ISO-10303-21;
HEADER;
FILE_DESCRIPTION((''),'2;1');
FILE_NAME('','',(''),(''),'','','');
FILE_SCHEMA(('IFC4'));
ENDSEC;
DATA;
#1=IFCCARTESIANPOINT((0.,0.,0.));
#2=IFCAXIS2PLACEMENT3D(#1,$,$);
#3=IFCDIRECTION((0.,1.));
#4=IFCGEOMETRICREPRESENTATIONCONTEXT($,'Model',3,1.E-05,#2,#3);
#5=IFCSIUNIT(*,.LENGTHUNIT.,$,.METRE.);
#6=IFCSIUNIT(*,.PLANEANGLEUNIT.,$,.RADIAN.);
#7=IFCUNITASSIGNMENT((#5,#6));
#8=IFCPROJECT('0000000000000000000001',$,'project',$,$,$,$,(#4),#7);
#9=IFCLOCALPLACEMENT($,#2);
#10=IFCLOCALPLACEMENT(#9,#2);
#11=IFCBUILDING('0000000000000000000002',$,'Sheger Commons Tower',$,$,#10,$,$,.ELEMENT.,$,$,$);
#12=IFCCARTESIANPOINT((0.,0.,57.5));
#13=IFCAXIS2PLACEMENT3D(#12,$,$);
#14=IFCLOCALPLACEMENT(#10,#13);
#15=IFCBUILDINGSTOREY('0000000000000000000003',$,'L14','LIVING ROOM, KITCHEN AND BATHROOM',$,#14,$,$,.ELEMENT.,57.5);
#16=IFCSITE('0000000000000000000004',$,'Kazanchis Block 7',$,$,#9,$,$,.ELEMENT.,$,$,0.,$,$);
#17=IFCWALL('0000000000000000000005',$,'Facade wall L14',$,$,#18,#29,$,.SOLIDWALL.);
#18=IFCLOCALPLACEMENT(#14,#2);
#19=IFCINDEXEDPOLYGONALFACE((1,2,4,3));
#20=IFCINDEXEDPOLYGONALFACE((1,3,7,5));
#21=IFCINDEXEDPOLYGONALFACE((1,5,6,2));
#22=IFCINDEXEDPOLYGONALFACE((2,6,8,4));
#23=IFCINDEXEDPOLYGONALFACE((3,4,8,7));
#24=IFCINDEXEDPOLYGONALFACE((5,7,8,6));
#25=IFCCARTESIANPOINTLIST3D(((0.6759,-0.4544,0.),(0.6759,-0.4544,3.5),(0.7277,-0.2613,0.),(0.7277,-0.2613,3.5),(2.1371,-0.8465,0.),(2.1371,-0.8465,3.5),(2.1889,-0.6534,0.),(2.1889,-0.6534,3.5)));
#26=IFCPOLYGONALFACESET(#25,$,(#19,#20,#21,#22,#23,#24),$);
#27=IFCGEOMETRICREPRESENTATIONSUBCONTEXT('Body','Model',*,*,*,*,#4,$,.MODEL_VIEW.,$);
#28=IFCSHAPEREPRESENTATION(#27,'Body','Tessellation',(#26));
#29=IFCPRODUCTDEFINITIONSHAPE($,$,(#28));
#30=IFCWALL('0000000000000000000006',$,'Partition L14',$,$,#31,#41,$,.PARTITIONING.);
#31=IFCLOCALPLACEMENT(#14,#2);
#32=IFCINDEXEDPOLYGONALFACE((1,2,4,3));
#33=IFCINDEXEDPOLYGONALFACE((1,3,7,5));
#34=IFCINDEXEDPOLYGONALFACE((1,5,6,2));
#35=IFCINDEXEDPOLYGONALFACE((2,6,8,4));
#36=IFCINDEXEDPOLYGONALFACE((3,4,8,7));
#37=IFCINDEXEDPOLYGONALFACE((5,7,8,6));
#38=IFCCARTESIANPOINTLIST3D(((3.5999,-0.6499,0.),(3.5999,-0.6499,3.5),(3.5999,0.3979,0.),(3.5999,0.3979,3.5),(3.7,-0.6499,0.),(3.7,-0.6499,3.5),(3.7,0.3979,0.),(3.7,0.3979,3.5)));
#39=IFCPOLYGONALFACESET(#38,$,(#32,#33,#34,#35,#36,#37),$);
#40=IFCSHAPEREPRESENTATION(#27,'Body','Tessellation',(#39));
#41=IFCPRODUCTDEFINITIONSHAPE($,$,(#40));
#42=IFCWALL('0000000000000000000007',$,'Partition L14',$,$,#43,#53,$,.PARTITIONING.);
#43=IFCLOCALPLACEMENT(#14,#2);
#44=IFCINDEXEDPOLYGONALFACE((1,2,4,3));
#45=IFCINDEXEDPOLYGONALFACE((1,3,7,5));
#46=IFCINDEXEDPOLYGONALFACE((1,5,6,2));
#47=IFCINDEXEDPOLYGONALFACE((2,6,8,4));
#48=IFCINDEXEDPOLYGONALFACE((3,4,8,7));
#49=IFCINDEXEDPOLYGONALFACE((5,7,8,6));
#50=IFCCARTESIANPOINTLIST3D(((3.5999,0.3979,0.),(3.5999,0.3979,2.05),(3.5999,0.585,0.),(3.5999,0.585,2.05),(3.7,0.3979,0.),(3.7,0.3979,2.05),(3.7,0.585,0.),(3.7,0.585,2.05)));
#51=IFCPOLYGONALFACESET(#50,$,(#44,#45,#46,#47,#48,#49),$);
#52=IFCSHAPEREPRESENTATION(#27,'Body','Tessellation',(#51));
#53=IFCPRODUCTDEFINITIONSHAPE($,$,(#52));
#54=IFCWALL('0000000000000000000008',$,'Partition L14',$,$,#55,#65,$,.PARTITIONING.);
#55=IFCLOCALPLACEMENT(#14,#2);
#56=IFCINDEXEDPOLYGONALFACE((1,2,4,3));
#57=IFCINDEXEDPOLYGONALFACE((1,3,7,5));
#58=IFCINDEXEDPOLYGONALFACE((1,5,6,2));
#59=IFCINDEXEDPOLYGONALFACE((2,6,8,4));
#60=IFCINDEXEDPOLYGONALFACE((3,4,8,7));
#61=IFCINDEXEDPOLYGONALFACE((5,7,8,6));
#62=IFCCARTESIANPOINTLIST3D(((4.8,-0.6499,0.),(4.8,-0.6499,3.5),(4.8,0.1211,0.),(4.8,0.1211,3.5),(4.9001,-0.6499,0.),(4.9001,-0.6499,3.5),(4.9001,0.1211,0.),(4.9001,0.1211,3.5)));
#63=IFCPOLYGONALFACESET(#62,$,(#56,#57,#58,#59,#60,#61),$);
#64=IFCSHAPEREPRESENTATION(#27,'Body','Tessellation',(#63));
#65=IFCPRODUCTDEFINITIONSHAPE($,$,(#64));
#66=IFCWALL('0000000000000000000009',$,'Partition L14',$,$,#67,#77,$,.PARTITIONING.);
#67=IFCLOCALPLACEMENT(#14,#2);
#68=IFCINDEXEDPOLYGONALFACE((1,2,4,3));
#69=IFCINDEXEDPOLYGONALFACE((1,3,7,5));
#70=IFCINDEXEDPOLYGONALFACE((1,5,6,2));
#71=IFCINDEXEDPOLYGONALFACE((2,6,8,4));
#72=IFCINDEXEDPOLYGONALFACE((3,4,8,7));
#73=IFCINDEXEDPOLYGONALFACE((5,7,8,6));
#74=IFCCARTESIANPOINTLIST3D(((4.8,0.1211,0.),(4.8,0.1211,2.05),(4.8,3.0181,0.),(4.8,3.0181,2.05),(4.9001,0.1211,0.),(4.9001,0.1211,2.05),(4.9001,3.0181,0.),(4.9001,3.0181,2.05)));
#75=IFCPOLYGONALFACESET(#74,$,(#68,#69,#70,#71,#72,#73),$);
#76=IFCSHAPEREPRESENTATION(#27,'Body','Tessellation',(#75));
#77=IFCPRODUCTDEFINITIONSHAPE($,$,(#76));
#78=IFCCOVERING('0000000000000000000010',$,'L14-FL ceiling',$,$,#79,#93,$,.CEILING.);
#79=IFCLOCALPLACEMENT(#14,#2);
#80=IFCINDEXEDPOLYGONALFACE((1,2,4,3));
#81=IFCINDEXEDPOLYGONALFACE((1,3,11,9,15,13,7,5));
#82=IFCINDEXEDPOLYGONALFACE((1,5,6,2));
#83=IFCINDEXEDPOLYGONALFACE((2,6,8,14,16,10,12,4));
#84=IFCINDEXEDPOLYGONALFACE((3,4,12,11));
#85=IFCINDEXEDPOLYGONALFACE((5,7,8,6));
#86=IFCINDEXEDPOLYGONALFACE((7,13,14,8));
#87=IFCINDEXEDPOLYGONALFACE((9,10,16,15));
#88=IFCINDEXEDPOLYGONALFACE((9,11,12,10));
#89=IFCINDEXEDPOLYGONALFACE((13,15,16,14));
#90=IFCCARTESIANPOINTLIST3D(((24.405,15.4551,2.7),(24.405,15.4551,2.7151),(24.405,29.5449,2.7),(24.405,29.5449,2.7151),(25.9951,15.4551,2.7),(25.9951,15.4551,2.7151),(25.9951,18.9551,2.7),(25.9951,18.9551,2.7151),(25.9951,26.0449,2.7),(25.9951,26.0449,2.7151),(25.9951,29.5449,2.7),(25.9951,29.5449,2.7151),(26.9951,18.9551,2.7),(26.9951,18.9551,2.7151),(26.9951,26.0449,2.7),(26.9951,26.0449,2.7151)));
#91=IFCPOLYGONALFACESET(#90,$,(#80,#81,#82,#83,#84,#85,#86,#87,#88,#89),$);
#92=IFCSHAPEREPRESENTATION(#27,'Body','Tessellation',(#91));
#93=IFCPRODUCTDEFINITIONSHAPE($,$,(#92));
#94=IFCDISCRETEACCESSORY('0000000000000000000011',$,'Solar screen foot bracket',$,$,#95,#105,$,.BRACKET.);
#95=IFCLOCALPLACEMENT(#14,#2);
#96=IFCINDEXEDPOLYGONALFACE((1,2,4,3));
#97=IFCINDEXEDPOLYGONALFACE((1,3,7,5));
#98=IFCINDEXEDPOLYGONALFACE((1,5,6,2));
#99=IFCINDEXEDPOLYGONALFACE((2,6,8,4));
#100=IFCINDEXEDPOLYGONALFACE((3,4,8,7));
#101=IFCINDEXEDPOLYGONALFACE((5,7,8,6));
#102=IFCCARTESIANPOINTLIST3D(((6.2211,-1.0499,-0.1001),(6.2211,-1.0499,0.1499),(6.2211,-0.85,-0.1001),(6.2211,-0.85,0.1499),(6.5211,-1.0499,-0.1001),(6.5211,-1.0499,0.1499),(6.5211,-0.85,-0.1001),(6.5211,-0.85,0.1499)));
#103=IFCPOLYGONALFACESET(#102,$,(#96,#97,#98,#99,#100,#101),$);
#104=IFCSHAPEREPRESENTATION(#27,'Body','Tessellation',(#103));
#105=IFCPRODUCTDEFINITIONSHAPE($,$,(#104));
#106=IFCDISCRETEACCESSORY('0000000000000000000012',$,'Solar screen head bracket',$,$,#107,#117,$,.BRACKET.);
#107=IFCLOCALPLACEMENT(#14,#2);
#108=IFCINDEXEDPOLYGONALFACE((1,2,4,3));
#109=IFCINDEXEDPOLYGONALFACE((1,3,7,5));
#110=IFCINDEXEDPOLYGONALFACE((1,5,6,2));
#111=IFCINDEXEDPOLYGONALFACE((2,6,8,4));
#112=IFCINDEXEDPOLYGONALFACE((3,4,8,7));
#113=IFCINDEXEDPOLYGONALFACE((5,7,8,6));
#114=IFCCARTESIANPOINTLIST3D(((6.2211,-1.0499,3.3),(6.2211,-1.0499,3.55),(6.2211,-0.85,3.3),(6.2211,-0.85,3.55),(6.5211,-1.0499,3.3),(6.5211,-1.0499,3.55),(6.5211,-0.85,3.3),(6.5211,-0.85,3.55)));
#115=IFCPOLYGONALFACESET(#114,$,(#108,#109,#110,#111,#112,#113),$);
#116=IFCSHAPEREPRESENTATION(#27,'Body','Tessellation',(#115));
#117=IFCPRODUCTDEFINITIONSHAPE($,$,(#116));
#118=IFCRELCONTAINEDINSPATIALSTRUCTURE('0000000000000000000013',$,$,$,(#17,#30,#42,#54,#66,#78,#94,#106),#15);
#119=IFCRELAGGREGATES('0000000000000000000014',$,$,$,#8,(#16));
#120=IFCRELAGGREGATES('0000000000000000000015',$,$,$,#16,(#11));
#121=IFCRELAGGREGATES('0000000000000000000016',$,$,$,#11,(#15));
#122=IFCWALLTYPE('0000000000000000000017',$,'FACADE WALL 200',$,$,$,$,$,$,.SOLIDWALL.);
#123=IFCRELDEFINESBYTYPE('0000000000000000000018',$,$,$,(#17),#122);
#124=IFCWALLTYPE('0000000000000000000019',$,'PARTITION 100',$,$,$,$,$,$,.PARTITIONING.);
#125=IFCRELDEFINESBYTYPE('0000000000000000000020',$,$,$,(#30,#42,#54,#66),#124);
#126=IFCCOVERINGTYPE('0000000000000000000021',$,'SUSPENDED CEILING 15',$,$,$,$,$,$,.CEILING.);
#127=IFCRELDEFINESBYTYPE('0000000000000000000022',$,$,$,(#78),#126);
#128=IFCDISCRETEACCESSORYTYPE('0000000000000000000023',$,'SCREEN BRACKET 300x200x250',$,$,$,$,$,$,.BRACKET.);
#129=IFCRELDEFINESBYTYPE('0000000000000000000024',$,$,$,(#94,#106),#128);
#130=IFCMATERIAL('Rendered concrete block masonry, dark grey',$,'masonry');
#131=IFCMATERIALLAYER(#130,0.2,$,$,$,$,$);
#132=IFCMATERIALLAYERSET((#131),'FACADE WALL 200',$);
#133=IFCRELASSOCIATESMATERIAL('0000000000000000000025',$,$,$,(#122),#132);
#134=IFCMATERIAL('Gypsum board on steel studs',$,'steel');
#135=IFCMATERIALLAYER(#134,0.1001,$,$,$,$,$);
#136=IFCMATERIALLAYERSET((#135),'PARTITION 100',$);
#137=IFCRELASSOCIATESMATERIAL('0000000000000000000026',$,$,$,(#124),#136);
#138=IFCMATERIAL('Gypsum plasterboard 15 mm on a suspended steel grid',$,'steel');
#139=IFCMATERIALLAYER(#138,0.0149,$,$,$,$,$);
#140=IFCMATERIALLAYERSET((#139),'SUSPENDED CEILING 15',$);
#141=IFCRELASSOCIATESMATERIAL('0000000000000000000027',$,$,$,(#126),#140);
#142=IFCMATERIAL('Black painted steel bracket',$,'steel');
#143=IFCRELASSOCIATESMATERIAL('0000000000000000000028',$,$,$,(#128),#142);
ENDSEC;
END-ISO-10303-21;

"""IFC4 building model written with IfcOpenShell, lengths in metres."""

from ifc_helpers import new_model, si_unit, direction, frame, frame_2d, origin, origin_2d, place, context, subcontext, project, spatial, polyline, rectangle, outline, extrude, material, layer, layer_set, type_object, element, save


model = new_model("IFC4")

# Units and contexts
model_context = context("Model", 3, precision=1e-05, world=origin(), true_north=direction((0.0, 1.0)))
body_context = subcontext(model_context, "Body", "Model", "MODEL_VIEW")
ifc_project = project(units=[si_unit("LENGTHUNIT", "METRE"), si_unit("PLANEANGLEUNIT", "RADIAN")], contexts=[model_context])

# Site, building, storey
site_placement = place(None, origin())
site = spatial("IfcSite", under=ifc_project, at=site_placement, Name="Kazanchis Block 7", CompositionType="ELEMENT", RefElevation=0.0)
building_placement = place(site_placement, origin())
building = spatial("IfcBuilding", under=site, at=building_placement, Name="Sheger Commons Tower", CompositionType="ELEMENT")
storey_placement = place(building_placement, frame((0.0, 0.0, 57.5)))
storey = spatial("IfcBuildingStorey", under=building, at=storey_placement, Name="L14", Description="LIVING ROOM, KITCHEN AND BATHROOM", CompositionType="ELEMENT", Elevation=57.5)

# Shared definitions
ifc_material_1 = material(Name="Rendered concrete block masonry, dark grey", Category="masonry")
ifc_layer_1 = layer(ifc_material_1, 0.2)
ifc_layer_set_1 = layer_set([ifc_layer_1], Name="FACADE WALL 200")
wall_type_1 = type_object("IfcWallType", Name="FACADE WALL 200", PredefinedType="SOLIDWALL", material=ifc_layer_set_1)

# Walls
wall_1_placement = place(storey_placement, frame((0.7019, -0.3579, 0.0), z_axis=(0.0, 0.0, 1.0), x_axis=(0.965832, -0.259169, 0.0)))
element("IfcWall", 1, at=wall_1_placement, inside=storey, type_object=wall_type_1, Name="Facade wall L14", PredefinedType="SOLIDWALL", context=body_context, shape_type="SweptSolid", body=[
    extrude(rectangle(XDim=1.5129, YDim=0.2, at=frame_2d((0.7563, 0.0))), origin(), (0.0, 0.0, 1.0), 3.5),
])
ifc_material_2 = material(Name="Gypsum board on steel studs", Category="steel")
ifc_layer_2 = layer(ifc_material_2, 0.1001)
ifc_layer_set_2 = layer_set([ifc_layer_2], Name="PARTITION 100")
wall_type_2 = type_object("IfcWallType", Name="PARTITION 100", PredefinedType="PARTITIONING", material=ifc_layer_set_2)
wall_2_placement = place(storey_placement, frame((3.6499, -0.6499, 0.0), z_axis=(0.0, 0.0, 1.0), x_axis=(0.0, 1.0, 0.0)))
element("IfcWall", 2, at=wall_2_placement, inside=storey, type_object=wall_type_2, Name="Partition L14", PredefinedType="PARTITIONING", context=body_context, shape_type="SweptSolid", body=[
    extrude(rectangle(XDim=1.0479, YDim=0.1001, at=frame_2d((0.5239, 0.0))), origin(), (0.0, 0.0, 1.0), 3.5),
])
wall_3_placement = place(storey_placement, frame((3.6499, 0.3979, 0.0), z_axis=(0.0, 0.0, 1.0), x_axis=(0.0, 1.0, 0.0)))
element("IfcWall", 3, at=wall_3_placement, inside=storey, type_object=wall_type_2, Name="Partition L14", PredefinedType="PARTITIONING", context=body_context, shape_type="SweptSolid", body=[
    extrude(rectangle(XDim=0.187, YDim=0.1001, at=frame_2d((0.0935, 0.0))), origin(), (0.0, 0.0, 1.0), 2.05),
])
wall_4_placement = place(storey_placement, frame((4.8501, -0.6499, 0.0), z_axis=(0.0, 0.0, 1.0), x_axis=(0.0, 1.0, 0.0)))
element("IfcWall", 4, at=wall_4_placement, inside=storey, type_object=wall_type_2, Name="Partition L14", PredefinedType="PARTITIONING", context=body_context, shape_type="SweptSolid", body=[
    extrude(rectangle(XDim=0.771, YDim=0.1001, at=frame_2d((0.3855, 0.0))), origin(), (0.0, 0.0, 1.0), 3.5),
])
wall_5_placement = place(storey_placement, frame((4.8501, 0.1211, 0.0), z_axis=(0.0, 0.0, 1.0), x_axis=(0.0, 1.0, 0.0)))
element("IfcWall", 5, at=wall_5_placement, inside=storey, type_object=wall_type_2, Name="Partition L14", PredefinedType="PARTITIONING", context=body_context, shape_type="SweptSolid", body=[
    extrude(rectangle(XDim=2.897, YDim=0.1001, at=frame_2d((1.4485, 0.0))), origin(), (0.0, 0.0, 1.0), 2.05),
])

# Covering
ifc_material_3 = material(Name="Gypsum plasterboard 15 mm on a suspended steel grid", Category="steel")
ifc_layer_3 = layer(ifc_material_3, 0.0149)
ifc_layer_set_3 = layer_set([ifc_layer_3], Name="SUSPENDED CEILING 15")
covering_type = type_object("IfcCoveringType", Name="SUSPENDED CEILING 15", PredefinedType="CEILING", material=ifc_layer_set_3)
covering_placement = place(storey_placement, frame((0.0, 0.0, 2.7)))
element("IfcCovering", 6, at=covering_placement, inside=storey, type_object=covering_type, Name="L14-FL ceiling", PredefinedType="CEILING", context=body_context, shape_type="SweptSolid", body=[
    extrude(outline(polyline([(24.405, 15.4551), (25.9951, 15.4551), (25.9951, 18.9551), (26.9951, 18.9551), (26.9951, 26.0449), (25.9951, 26.0449), (25.9951, 29.5449), (24.405, 29.5449), (24.405, 15.4551)])), origin(), (0.0, 0.0, 1.0), 0.0151),
])

# Discrete accessories
ifc_material_4 = material(Name="Black painted steel bracket", Category="steel")
discrete_accessory_type = type_object("IfcDiscreteAccessoryType", Name="SCREEN BRACKET 300x200x250", PredefinedType="BRACKET", material=ifc_material_4)
for number, where, z_axis, x_axis, name in (
    (7, (6.3711, -0.95, -0.1001), (0.0, 0.0, 1.0), (1.0, 0.0, 0.0), "Solar screen foot bracket"),
    (8, (6.3711, -0.95, 3.3), (0.0, 0.0, 1.0), (1.0, 0.0, 0.0), "Solar screen head bracket"),
):
    element("IfcDiscreteAccessory", number, at=place(storey_placement, frame(where, z_axis=z_axis, x_axis=x_axis)), inside=storey, type_object=discrete_accessory_type, Name=name, PredefinedType="BRACKET", context=body_context, shape_type="SweptSolid", body=[
        extrude(rectangle(XDim=0.3, YDim=0.2, at=origin_2d()), origin(), (0.0, 0.0, 1.0), 0.25),
    ])

save(model, "model.ifc")
